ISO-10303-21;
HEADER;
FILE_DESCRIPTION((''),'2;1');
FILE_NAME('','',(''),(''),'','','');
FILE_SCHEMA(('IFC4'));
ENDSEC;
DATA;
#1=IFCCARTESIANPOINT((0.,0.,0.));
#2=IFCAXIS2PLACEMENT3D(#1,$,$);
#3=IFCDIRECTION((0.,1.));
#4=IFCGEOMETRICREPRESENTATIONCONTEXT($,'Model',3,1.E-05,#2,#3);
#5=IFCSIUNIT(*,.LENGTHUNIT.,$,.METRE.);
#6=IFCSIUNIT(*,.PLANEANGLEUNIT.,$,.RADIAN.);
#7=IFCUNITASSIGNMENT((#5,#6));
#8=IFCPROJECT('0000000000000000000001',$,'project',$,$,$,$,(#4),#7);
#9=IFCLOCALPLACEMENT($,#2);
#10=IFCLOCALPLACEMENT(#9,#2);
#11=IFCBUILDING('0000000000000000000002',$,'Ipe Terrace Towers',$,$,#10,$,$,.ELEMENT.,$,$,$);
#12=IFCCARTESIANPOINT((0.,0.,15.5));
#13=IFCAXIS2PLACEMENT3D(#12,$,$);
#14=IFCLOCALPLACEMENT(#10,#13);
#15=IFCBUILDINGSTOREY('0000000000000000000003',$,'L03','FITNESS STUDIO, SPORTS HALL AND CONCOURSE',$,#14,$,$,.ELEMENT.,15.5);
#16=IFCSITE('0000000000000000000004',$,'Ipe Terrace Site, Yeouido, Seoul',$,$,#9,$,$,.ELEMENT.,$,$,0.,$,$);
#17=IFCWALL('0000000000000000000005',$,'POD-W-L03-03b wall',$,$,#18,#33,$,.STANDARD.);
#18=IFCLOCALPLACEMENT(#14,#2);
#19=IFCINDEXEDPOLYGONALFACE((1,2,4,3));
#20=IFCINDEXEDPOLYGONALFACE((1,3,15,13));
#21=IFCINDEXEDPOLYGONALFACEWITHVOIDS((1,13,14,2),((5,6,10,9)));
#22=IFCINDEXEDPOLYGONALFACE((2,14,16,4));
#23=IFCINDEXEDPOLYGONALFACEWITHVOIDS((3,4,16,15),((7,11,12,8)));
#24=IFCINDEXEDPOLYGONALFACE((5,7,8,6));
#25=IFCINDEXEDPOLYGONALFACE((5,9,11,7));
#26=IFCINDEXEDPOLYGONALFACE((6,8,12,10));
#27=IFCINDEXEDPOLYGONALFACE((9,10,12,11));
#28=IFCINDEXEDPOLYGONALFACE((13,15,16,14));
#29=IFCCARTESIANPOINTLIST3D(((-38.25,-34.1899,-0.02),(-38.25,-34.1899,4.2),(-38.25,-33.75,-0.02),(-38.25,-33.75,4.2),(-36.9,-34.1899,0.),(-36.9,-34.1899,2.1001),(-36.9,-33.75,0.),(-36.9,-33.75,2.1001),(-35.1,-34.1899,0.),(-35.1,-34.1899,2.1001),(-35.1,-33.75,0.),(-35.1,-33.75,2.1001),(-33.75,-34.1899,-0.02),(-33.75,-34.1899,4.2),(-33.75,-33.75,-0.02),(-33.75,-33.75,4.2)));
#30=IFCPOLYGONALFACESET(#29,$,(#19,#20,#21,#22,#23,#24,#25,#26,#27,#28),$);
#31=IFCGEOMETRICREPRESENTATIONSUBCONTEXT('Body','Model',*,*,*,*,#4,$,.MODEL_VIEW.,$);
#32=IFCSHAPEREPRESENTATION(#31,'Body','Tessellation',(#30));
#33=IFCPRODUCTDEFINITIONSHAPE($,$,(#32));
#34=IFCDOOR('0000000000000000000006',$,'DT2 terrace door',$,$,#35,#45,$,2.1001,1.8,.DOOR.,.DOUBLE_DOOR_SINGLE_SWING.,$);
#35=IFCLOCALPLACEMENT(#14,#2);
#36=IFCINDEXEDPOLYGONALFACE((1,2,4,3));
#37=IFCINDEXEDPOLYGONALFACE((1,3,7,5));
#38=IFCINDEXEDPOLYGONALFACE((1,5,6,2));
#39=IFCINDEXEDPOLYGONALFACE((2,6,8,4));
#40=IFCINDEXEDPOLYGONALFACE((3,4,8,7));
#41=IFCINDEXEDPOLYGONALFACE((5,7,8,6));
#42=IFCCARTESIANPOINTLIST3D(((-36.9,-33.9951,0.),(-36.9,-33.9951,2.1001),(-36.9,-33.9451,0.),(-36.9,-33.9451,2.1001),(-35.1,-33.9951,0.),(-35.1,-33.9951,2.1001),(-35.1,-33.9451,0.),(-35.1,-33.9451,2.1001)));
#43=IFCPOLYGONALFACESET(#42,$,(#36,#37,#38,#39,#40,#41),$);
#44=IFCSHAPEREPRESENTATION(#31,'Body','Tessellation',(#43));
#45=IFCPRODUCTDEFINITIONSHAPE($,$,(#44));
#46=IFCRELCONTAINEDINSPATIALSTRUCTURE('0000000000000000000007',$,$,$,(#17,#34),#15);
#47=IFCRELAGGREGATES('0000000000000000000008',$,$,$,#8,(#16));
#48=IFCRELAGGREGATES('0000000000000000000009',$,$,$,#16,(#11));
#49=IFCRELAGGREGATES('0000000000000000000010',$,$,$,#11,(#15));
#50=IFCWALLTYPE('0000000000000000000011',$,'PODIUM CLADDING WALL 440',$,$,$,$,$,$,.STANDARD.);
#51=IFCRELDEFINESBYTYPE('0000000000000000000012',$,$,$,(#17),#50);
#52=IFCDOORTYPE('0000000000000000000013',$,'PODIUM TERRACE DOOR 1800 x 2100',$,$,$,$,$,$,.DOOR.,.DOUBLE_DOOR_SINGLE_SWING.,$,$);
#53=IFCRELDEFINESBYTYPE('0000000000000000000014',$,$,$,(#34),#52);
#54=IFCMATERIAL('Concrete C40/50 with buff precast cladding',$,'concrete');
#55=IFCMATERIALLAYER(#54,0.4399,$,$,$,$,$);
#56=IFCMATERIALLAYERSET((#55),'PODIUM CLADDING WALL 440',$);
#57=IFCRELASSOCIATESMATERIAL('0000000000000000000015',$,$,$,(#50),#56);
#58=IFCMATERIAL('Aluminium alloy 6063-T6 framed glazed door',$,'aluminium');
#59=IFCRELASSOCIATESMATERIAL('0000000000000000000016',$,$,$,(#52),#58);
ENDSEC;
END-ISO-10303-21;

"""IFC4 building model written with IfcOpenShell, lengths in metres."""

from ifc_helpers import new_model, si_unit, direction, frame, frame_2d, origin, place, context, subcontext, project, spatial, rectangle, extrude, material, layer, layer_set, type_object, element, fill, save


model = new_model("IFC4")

# Units and contexts
model_context = context("Model", 3, precision=1e-05, world=origin(), true_north=direction((0.0, 1.0)))
body_context = subcontext(model_context, "Body", "Model", "MODEL_VIEW")
ifc_project = project(units=[si_unit("LENGTHUNIT", "METRE"), si_unit("PLANEANGLEUNIT", "RADIAN")], contexts=[model_context])

# Site, building, storey
site_placement = place(None, origin())
site = spatial("IfcSite", under=ifc_project, at=site_placement, Name="Ipe Terrace Site, Yeouido, Seoul", CompositionType="ELEMENT", RefElevation=0.0)
building_placement = place(site_placement, origin())
building = spatial("IfcBuilding", under=site, at=building_placement, Name="Ipe Terrace Towers", CompositionType="ELEMENT")
storey_placement = place(building_placement, frame((0.0, 0.0, 15.5)))
storey = spatial("IfcBuildingStorey", under=building, at=storey_placement, Name="L03", Description="FITNESS STUDIO, SPORTS HALL AND CONCOURSE", CompositionType="ELEMENT", Elevation=15.5)

# Wall, opening, door
ifc_material_1 = material(Name="Concrete C40/50 with buff precast cladding", Category="concrete")
ifc_layer_1 = layer(ifc_material_1, 0.4399)
ifc_layer_set_1 = layer_set([ifc_layer_1], Name="PODIUM CLADDING WALL 440")
wall_type_1 = type_object("IfcWallType", Name="PODIUM CLADDING WALL 440", PredefinedType="STANDARD", material=ifc_layer_set_1)
wall_1_placement = place(storey_placement, frame((-38.25, -33.97, -0.02), z_axis=(0.0, 0.0, 1.0), x_axis=(1.0, 0.0, 0.0)))
wall_1 = element("IfcWall", 1, at=wall_1_placement, inside=storey, type_object=wall_type_1, Name="POD-W-L03-03b wall", PredefinedType="STANDARD", context=body_context, shape_type="SweptSolid", body=[
    extrude(rectangle(XDim=4.5, YDim=0.4399, at=frame_2d((2.25, 0.0))), origin(), (0.0, 0.0, 1.0), 4.22),
])
opening_1_placement = place(wall_1_placement, frame((1.3501, 0.0, 0.02)))
opening_1 = element("IfcOpeningElement", 2, at=opening_1_placement, cuts=wall_1, PredefinedType="OPENING", context=body_context, shape_type="SweptSolid", body=[
    extrude(rectangle(XDim=1.8, YDim=2.1001, at=frame_2d((0.8999, 1.05))), frame((0.0, 0.23, 0.0), z_axis=(0.0, -1.0, 0.0), x_axis=(1.0, 0.0, 0.0)), (0.0, 0.0, 1.0), 0.46),
])
ifc_material_2 = material(Name="Aluminium alloy 6063-T6 framed glazed door", Category="aluminium")
door_type_1 = type_object("IfcDoorType", Name="PODIUM TERRACE DOOR 1800 x 2100", OperationType="DOUBLE_DOOR_SINGLE_SWING", PredefinedType="DOOR", material=ifc_material_2)
door_1_placement = place(opening_1_placement, origin())
door_1 = element("IfcDoor", 3, at=door_1_placement, inside=storey, type_object=door_type_1, Name="DT2 terrace door", OperationType="DOUBLE_DOOR_SINGLE_SWING", OverallHeight=2.1001, OverallWidth=1.8, PredefinedType="DOOR", context=body_context, shape_type="SweptSolid", body=[
    extrude(rectangle(XDim=1.8, YDim=2.1001, at=frame_2d((0.8999, 1.05))), frame((0.0, 0.0249, 0.0), z_axis=(0.0, -1.0, 0.0), x_axis=(1.0, 0.0, 0.0)), (0.0, 0.0, 1.0), 0.05),
])
fill(opening_1, door_1)

save(model, "model.ifc")
